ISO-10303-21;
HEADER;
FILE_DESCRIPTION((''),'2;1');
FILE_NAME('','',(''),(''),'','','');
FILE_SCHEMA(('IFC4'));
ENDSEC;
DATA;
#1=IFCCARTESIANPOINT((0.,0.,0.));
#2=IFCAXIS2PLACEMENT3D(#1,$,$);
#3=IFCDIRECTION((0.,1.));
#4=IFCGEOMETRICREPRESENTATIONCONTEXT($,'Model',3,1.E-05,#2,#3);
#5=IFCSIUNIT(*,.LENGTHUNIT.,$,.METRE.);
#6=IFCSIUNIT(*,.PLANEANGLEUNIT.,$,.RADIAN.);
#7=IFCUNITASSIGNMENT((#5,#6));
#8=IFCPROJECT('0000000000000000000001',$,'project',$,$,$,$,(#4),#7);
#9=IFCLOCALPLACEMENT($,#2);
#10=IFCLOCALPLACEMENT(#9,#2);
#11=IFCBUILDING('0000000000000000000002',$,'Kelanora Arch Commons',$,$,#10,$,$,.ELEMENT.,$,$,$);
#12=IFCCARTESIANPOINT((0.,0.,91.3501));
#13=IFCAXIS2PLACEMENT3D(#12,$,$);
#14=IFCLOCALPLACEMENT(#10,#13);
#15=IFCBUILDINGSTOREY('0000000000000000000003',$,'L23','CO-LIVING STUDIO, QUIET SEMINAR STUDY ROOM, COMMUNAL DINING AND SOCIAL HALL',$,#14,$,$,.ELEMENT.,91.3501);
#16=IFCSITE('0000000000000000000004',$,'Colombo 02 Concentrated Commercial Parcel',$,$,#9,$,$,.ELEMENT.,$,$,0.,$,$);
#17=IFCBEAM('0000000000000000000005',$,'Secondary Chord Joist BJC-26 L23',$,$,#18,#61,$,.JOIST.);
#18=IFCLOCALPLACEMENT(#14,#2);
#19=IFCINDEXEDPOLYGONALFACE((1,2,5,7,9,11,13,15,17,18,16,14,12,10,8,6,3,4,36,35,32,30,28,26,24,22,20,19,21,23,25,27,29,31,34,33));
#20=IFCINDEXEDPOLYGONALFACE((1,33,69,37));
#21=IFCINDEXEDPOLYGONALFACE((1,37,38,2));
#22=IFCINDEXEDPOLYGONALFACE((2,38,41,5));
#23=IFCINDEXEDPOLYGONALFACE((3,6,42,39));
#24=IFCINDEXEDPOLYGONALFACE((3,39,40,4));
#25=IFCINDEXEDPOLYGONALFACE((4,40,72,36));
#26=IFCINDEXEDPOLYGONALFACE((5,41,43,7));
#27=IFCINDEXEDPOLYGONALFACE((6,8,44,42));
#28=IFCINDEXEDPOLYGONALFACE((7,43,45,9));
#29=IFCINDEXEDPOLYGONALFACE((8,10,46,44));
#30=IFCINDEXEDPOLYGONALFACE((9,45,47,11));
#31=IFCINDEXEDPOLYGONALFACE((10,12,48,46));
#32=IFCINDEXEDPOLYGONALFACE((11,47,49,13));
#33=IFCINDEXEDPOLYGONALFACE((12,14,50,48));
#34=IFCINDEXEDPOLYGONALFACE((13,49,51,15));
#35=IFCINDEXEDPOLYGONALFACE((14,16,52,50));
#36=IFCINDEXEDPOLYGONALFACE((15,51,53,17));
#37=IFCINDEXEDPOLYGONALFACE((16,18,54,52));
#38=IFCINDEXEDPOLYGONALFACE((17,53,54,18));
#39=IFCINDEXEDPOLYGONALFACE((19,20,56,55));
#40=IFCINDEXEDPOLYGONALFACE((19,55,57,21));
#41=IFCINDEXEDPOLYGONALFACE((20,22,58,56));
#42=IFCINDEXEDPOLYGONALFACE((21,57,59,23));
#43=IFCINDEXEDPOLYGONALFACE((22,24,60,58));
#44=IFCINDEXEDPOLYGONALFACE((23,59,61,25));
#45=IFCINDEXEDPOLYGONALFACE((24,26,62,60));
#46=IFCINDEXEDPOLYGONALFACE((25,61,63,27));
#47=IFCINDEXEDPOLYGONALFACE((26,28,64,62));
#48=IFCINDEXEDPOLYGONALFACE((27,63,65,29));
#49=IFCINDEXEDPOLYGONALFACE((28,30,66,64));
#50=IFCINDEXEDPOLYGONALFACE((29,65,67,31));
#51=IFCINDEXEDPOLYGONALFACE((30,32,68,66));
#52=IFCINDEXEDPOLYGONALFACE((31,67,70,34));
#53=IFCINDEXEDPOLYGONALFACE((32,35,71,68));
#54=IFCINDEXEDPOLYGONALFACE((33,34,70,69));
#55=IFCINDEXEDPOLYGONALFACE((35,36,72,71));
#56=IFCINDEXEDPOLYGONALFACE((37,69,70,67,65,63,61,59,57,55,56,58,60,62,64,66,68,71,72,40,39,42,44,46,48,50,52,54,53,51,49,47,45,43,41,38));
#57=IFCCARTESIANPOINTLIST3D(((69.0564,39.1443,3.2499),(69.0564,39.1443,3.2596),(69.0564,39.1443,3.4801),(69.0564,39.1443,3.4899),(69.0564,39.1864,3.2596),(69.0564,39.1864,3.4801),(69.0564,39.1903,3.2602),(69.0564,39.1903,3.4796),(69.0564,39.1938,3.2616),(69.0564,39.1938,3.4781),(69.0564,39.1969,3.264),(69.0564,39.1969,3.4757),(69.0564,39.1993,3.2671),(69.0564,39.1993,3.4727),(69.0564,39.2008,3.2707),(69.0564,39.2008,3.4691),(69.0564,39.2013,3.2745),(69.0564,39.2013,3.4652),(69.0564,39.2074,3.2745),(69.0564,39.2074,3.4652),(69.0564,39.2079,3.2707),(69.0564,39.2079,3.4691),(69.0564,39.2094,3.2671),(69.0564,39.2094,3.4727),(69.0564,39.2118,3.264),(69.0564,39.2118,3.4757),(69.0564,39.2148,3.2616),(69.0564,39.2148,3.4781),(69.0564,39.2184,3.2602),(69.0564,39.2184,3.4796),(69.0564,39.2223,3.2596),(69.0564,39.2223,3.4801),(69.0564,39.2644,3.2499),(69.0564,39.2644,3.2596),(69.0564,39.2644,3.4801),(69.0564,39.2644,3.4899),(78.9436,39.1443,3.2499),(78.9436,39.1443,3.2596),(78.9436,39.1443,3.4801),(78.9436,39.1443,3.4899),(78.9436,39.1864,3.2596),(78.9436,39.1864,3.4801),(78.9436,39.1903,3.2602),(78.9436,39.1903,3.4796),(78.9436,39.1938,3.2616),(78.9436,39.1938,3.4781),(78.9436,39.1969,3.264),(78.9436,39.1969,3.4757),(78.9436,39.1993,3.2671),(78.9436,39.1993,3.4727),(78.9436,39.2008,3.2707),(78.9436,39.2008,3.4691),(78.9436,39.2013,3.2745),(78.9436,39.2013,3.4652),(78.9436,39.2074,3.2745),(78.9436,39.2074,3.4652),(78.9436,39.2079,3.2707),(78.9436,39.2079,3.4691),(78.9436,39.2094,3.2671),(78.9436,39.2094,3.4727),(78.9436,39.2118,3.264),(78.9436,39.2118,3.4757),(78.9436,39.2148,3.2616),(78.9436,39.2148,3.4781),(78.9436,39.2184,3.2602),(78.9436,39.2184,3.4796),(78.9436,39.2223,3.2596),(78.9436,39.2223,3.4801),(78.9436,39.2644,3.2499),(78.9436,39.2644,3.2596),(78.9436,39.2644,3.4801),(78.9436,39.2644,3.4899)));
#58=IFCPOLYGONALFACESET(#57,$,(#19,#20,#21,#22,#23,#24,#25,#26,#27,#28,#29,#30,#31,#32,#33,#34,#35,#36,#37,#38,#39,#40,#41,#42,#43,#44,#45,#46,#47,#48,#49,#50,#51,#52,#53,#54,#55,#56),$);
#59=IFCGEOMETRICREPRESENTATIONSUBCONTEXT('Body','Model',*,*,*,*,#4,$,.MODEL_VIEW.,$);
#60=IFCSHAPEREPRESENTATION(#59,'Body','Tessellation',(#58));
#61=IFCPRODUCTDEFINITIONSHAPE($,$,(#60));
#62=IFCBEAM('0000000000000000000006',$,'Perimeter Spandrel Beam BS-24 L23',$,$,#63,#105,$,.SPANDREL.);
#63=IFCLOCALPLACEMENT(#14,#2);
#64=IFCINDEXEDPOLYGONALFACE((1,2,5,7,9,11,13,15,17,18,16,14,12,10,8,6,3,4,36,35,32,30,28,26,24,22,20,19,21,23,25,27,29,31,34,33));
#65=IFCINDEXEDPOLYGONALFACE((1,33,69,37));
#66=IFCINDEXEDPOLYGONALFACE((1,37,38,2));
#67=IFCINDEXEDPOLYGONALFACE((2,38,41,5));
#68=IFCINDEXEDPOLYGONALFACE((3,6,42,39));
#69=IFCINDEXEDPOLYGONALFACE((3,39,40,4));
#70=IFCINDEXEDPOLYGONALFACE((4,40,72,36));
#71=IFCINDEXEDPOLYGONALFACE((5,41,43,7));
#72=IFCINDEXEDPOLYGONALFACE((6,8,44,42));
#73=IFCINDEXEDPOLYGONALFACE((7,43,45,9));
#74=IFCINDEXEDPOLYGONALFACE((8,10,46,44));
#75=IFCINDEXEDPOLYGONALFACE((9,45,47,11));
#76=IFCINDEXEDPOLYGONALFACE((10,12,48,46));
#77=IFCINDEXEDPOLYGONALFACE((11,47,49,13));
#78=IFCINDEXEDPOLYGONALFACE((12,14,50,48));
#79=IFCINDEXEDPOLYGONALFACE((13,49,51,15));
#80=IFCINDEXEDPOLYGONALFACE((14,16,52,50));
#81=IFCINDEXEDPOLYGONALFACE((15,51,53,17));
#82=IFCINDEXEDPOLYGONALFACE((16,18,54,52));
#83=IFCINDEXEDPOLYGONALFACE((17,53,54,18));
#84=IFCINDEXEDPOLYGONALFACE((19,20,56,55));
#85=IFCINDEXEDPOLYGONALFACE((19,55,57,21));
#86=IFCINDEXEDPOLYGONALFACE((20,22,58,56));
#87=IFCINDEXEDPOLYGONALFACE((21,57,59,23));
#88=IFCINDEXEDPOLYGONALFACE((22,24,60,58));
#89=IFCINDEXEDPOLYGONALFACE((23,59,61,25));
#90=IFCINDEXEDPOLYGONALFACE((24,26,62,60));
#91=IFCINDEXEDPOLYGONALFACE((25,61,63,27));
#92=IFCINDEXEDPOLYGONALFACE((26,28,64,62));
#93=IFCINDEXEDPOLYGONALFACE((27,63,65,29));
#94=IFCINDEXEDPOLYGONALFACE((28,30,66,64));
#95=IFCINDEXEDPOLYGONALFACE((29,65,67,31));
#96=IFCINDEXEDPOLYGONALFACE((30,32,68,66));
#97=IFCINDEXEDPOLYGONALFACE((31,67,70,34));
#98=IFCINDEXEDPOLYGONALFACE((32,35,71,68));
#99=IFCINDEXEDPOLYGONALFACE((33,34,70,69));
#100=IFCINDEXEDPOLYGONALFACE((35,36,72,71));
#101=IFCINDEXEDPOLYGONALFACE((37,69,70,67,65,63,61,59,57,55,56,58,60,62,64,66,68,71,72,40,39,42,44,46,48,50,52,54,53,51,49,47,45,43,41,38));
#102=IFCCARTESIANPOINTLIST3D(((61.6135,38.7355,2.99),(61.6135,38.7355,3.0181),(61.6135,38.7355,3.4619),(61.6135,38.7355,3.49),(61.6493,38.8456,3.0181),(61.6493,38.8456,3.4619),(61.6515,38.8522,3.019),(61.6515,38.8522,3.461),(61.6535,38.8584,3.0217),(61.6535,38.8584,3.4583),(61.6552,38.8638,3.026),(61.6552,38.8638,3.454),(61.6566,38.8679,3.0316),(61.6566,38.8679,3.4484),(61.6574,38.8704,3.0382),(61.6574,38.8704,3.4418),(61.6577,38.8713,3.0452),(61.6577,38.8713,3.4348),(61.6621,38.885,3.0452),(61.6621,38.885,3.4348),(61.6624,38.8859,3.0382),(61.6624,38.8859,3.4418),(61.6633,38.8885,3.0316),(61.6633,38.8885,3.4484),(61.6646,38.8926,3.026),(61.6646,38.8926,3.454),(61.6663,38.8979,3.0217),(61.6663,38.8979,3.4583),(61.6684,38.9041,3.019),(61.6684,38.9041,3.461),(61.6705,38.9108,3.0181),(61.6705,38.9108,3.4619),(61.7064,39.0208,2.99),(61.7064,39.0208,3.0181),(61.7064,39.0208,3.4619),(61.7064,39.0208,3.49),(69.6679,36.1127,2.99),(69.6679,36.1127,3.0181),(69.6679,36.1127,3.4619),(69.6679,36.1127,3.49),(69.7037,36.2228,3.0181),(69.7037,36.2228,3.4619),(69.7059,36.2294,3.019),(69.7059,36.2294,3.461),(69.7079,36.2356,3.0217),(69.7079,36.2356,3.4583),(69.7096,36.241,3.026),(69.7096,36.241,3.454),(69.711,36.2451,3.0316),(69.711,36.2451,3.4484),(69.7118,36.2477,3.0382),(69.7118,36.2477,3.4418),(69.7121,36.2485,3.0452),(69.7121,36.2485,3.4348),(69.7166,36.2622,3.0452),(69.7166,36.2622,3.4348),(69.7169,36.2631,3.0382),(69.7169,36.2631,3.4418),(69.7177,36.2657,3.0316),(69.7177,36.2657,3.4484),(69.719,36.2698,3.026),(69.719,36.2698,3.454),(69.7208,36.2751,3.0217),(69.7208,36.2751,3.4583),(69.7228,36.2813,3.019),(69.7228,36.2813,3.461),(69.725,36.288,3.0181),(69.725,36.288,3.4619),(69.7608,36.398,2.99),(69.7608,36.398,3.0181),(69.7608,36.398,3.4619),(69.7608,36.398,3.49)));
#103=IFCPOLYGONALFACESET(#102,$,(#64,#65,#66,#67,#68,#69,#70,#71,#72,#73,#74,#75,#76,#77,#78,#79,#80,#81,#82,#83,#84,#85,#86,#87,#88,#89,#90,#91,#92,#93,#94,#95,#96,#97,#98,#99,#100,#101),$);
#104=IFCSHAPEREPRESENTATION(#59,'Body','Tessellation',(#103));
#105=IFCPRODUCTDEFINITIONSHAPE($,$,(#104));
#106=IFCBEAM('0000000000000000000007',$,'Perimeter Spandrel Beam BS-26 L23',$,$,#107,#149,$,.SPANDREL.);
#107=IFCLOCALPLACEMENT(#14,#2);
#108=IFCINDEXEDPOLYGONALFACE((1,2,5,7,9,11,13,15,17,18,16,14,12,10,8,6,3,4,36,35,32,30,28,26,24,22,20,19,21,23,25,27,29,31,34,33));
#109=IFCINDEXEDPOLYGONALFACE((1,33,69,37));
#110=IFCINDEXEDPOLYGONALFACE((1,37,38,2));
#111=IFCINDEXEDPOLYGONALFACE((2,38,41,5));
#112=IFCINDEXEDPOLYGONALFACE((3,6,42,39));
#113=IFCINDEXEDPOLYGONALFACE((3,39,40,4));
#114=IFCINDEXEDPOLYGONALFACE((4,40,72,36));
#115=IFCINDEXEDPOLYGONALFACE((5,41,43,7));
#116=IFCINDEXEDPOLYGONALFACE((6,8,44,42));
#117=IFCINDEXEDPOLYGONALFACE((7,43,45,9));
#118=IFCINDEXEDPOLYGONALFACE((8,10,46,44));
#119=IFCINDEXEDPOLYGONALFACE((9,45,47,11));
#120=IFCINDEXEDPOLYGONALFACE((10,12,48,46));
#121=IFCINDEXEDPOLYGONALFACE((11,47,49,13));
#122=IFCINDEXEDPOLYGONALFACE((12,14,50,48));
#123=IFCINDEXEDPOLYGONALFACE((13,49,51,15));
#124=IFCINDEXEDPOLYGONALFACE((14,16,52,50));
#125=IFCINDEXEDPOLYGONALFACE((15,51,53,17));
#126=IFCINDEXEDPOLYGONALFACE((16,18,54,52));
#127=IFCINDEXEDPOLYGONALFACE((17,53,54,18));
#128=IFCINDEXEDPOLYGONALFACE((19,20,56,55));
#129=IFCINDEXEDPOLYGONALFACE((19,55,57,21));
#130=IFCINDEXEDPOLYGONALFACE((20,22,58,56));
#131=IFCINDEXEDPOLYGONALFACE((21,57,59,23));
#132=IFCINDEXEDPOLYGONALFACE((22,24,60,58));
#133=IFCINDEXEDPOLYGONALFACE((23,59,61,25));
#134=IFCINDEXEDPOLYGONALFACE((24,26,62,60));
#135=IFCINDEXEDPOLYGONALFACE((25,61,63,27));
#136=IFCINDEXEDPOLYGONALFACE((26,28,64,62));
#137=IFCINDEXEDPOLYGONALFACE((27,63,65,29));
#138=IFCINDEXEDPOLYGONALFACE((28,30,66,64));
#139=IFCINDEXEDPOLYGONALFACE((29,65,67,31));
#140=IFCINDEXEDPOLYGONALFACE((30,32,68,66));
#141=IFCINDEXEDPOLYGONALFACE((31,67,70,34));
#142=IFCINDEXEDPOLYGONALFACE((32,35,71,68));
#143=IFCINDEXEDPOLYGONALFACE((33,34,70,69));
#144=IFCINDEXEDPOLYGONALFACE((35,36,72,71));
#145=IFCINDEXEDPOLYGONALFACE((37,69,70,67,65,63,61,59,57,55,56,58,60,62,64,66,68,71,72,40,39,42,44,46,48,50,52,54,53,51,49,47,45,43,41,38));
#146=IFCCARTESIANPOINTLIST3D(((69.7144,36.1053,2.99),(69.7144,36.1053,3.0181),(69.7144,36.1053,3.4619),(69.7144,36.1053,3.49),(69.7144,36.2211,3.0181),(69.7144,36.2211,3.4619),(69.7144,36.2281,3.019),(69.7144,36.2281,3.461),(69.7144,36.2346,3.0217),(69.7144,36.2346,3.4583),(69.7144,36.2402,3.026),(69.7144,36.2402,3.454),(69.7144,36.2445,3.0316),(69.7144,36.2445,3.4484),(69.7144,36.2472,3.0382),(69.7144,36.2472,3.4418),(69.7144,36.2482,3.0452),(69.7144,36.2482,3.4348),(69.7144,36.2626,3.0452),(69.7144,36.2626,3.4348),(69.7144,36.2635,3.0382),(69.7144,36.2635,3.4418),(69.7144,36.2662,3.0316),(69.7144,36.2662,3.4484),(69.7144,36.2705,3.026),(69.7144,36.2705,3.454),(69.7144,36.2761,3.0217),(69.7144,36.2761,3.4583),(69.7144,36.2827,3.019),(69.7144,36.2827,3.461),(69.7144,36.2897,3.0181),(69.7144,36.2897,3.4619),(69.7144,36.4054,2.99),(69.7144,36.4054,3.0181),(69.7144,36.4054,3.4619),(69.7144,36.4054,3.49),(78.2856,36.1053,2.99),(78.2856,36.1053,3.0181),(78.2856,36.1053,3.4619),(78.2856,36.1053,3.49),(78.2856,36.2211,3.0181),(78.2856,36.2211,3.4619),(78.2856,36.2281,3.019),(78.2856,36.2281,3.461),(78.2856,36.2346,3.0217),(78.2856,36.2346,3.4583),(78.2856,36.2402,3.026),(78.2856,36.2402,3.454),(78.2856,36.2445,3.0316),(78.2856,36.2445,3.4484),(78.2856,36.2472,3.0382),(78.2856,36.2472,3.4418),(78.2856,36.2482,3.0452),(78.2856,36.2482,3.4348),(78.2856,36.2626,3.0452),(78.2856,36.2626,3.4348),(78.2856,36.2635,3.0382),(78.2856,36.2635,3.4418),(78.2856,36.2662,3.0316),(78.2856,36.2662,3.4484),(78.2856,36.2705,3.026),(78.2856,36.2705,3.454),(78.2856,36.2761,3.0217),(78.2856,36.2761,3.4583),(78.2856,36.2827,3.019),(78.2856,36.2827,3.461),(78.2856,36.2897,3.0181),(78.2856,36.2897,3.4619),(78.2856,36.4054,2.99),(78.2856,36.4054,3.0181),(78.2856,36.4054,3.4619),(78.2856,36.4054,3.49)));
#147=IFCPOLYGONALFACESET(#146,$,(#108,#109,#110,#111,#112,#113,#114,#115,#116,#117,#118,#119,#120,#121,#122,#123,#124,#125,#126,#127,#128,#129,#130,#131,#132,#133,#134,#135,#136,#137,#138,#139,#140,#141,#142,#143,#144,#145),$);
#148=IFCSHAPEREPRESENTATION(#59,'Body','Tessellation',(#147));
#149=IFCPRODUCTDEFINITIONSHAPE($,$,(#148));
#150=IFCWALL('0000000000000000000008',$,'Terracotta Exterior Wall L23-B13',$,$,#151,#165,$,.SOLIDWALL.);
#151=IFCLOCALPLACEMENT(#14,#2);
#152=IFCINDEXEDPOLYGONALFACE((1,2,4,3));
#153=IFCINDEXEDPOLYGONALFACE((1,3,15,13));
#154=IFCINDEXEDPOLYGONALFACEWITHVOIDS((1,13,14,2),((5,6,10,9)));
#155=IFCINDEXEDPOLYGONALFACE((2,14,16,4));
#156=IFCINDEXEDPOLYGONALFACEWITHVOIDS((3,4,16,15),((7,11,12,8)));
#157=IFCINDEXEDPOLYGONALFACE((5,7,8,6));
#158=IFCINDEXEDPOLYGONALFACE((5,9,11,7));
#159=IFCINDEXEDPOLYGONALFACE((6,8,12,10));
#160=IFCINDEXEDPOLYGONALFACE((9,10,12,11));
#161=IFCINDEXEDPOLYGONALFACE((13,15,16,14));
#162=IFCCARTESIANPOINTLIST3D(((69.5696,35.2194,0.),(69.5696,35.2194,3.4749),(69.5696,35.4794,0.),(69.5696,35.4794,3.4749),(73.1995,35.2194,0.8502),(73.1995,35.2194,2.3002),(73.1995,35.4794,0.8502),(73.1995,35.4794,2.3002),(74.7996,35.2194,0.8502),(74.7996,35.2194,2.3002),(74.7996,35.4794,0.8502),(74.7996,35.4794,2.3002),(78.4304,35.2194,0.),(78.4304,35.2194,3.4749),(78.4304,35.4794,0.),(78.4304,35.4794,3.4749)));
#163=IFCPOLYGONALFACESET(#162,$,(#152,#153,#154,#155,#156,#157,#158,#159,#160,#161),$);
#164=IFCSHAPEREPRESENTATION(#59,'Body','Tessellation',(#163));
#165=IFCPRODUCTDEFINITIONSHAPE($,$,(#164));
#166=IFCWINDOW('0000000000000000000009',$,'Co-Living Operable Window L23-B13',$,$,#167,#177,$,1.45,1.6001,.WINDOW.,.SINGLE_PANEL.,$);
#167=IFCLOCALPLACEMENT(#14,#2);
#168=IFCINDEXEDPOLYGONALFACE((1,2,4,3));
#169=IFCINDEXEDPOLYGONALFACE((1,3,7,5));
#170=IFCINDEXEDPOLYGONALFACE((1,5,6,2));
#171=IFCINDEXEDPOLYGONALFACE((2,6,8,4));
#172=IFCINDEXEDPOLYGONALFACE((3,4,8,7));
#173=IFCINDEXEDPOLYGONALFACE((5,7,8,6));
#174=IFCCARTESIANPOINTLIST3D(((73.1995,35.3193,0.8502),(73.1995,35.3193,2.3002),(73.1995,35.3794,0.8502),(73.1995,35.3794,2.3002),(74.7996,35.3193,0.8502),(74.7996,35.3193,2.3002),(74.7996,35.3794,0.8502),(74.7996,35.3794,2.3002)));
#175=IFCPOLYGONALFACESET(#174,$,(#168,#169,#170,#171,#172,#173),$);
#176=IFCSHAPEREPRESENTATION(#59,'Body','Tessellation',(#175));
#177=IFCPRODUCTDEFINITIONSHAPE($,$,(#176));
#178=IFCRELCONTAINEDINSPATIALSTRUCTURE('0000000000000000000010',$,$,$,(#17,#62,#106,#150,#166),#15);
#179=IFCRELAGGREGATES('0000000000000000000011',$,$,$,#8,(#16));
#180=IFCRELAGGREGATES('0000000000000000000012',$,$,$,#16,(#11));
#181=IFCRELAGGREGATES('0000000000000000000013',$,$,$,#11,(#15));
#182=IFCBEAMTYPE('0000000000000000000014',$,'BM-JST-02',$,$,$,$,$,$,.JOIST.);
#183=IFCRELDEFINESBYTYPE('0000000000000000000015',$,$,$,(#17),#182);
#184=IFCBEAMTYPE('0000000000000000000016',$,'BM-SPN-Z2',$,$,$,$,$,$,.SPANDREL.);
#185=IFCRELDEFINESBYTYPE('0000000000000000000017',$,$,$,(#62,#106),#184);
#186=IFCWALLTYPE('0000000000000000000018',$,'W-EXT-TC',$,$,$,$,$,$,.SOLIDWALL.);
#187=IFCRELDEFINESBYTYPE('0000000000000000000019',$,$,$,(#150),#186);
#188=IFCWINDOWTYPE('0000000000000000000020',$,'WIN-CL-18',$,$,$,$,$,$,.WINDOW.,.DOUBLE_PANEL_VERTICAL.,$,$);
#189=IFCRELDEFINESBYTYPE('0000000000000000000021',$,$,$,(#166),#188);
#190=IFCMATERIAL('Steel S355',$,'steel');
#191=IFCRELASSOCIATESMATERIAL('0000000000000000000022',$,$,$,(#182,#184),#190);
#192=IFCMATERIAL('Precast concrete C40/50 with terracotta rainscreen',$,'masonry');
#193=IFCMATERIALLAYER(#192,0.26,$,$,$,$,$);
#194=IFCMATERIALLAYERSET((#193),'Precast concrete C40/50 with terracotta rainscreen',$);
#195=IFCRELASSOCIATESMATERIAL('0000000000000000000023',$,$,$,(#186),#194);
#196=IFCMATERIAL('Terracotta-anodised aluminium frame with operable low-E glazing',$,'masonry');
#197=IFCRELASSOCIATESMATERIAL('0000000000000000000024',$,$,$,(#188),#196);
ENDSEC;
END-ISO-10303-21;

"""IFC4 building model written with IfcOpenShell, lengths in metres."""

from ifc_helpers import new_model, si_unit, direction, frame, frame_2d, origin, origin_2d, place, context, subcontext, project, spatial, rectangle, i_section, extrude, material, layer, layer_set, material_profile, profile_set, type_object, element, fill, save


model = new_model("IFC4")

# Units and contexts
model_context = context("Model", 3, precision=1e-05, world=origin(), true_north=direction((0.0, 1.0)))
body_context = subcontext(model_context, "Body", "Model", "MODEL_VIEW")
ifc_project = project(units=[si_unit("LENGTHUNIT", "METRE"), si_unit("PLANEANGLEUNIT", "RADIAN")], contexts=[model_context])

# Site, building, storey
site_placement = place(None, origin())
site = spatial("IfcSite", under=ifc_project, at=site_placement, Name="Colombo 02 Concentrated Commercial Parcel", CompositionType="ELEMENT", RefElevation=0.0)
building_placement = place(site_placement, origin())
building = spatial("IfcBuilding", under=site, at=building_placement, Name="Kelanora Arch Commons", CompositionType="ELEMENT")
storey_placement = place(building_placement, frame((0.0, 0.0, 91.3501)))
storey = spatial("IfcBuildingStorey", under=building, at=storey_placement, Name="L23", Description="CO-LIVING STUDIO, QUIET SEMINAR STUDY ROOM, COMMUNAL DINING AND SOCIAL HALL", CompositionType="ELEMENT", Elevation=91.3501)

# Beams
ifc_material_1 = material(Name="Steel S355", Category="steel")
ifc_material_profile_1 = material_profile(ifc_material_1, i_section(OverallWidth=0.1201, OverallDepth=0.24, WebThickness=0.0061, FlangeThickness=0.0098, FilletRadius=0.0149, at=origin_2d()), Name="IPE240")
ifc_profile_set_1 = profile_set([ifc_material_profile_1], Name="Steel S355")
beam_type_1 = type_object("IfcBeamType", Name="BM-JST-02", PredefinedType="JOIST", material=ifc_profile_set_1)
beam_1_placement = place(storey_placement, frame((69.0564, 39.2043, 3.3699), z_axis=(1.0, 0.0, 0.0), x_axis=(0.0, 1.0, 0.0)))
element("IfcBeam", 1, at=beam_1_placement, inside=storey, type_object=beam_type_1, Name="Secondary Chord Joist BJC-26 L23", PredefinedType="JOIST", context=body_context, shape_type="SweptSolid", body=[
    extrude(i_section(OverallWidth=0.1201, OverallDepth=0.24, WebThickness=0.0061, FlangeThickness=0.0098, FilletRadius=0.0149, at=origin_2d()), origin(), (0.0, 0.0, 1.0), 9.8872),
])
ifc_material_profile_2 = material_profile(ifc_material_1, i_section(OverallWidth=0.3, OverallDepth=0.5, WebThickness=0.0144, FlangeThickness=0.0281, FilletRadius=0.0271, at=origin_2d()), Name="HEB500")
ifc_profile_set_2 = profile_set([ifc_material_profile_2], Name="Steel S355")
beam_type_2 = type_object("IfcBeamType", Name="BM-SPN-Z2", PredefinedType="SPANDREL", material=ifc_profile_set_2)
beam_2_placement = place(storey_placement, frame((61.6599, 38.8782, 3.24), z_axis=(0.950857, -0.309631, 0.0), x_axis=(0.309631, 0.950857, 0.0)))
element("IfcBeam", 2, at=beam_2_placement, inside=storey, type_object=beam_type_2, Name="Perimeter Spandrel Beam BS-24 L23", PredefinedType="SPANDREL", context=body_context, shape_type="SweptSolid", body=[
    extrude(i_section(OverallWidth=0.3, OverallDepth=0.5, WebThickness=0.0144, FlangeThickness=0.0281, FilletRadius=0.0271, at=origin_2d()), origin(), (0.0, 0.0, 1.0), 8.4707),
])
beam_3_placement = place(storey_placement, frame((69.7144, 36.2554, 3.24), z_axis=(1.0, 0.0, 0.0), x_axis=(0.0, 1.0, 0.0)))
element("IfcBeam", 3, at=beam_3_placement, inside=storey, type_object=beam_type_2, Name="Perimeter Spandrel Beam BS-26 L23", PredefinedType="SPANDREL", context=body_context, shape_type="SweptSolid", body=[
    extrude(i_section(OverallWidth=0.3, OverallDepth=0.5, WebThickness=0.0144, FlangeThickness=0.0281, FilletRadius=0.0271, at=origin_2d()), origin(), (0.0, 0.0, 1.0), 8.5713),
])

# Wall, opening, window
ifc_material_2 = material(Name="Precast concrete C40/50 with terracotta rainscreen", Category="masonry")
ifc_layer_1 = layer(ifc_material_2, 0.26)
ifc_layer_set_1 = layer_set([ifc_layer_1], Name="Precast concrete C40/50 with terracotta rainscreen")
wall_type_1 = type_object("IfcWallType", Name="W-EXT-TC", PredefinedType="SOLIDWALL", material=ifc_layer_set_1)
wall_1_placement = place(storey_placement, frame((69.5696, 35.3494, 0.0), z_axis=(0.0, 0.0, 1.0), x_axis=(1.0, 0.0, 0.0)))
wall_1 = element("IfcWall", 4, at=wall_1_placement, inside=storey, type_object=wall_type_1, Name="Terracotta Exterior Wall L23-B13", PredefinedType="SOLIDWALL", context=body_context, shape_type="SweptSolid", body=[
    extrude(rectangle(XDim=8.8608, YDim=0.26, at=frame_2d((4.4304, 0.0))), origin(), (0.0, 0.0, 1.0), 3.4749),
])
opening_1_placement = place(wall_1_placement, frame((3.6299, 0.0, 0.8501)))
opening_1 = element("IfcOpeningElement", 5, at=opening_1_placement, cuts=wall_1, PredefinedType="OPENING", context=body_context, shape_type="SweptSolid", body=[
    extrude(rectangle(XDim=1.6001, YDim=1.45, at=frame_2d((0.8, 0.7251))), frame((0.0, 0.1401, 0.0), z_axis=(0.0, -1.0, 0.0), x_axis=(1.0, 0.0, 0.0)), (0.0, 0.0, 1.0), 0.28),
])
ifc_material_3 = material(Name="Terracotta-anodised aluminium frame with operable low-E glazing", Category="masonry")
window_type = type_object("IfcWindowType", Name="WIN-CL-18", PartitioningType="DOUBLE_PANEL_VERTICAL", PredefinedType="WINDOW", material=ifc_material_3)
window_placement = place(opening_1_placement, origin())
window = element("IfcWindow", 6, at=window_placement, inside=storey, type_object=window_type, Name="Co-Living Operable Window L23-B13", OverallHeight=1.45, OverallWidth=1.6001, PartitioningType="SINGLE_PANEL", PredefinedType="WINDOW", context=body_context, shape_type="SweptSolid", body=[
    extrude(rectangle(XDim=1.6001, YDim=1.45, at=frame_2d((0.8, 0.7251))), frame((0.0, 0.03, 0.0), z_axis=(0.0, -1.0, 0.0), x_axis=(1.0, 0.0, 0.0)), (0.0, 0.0, 1.0), 0.0601),
])
fill(opening_1, window)

save(model, "model.ifc")
